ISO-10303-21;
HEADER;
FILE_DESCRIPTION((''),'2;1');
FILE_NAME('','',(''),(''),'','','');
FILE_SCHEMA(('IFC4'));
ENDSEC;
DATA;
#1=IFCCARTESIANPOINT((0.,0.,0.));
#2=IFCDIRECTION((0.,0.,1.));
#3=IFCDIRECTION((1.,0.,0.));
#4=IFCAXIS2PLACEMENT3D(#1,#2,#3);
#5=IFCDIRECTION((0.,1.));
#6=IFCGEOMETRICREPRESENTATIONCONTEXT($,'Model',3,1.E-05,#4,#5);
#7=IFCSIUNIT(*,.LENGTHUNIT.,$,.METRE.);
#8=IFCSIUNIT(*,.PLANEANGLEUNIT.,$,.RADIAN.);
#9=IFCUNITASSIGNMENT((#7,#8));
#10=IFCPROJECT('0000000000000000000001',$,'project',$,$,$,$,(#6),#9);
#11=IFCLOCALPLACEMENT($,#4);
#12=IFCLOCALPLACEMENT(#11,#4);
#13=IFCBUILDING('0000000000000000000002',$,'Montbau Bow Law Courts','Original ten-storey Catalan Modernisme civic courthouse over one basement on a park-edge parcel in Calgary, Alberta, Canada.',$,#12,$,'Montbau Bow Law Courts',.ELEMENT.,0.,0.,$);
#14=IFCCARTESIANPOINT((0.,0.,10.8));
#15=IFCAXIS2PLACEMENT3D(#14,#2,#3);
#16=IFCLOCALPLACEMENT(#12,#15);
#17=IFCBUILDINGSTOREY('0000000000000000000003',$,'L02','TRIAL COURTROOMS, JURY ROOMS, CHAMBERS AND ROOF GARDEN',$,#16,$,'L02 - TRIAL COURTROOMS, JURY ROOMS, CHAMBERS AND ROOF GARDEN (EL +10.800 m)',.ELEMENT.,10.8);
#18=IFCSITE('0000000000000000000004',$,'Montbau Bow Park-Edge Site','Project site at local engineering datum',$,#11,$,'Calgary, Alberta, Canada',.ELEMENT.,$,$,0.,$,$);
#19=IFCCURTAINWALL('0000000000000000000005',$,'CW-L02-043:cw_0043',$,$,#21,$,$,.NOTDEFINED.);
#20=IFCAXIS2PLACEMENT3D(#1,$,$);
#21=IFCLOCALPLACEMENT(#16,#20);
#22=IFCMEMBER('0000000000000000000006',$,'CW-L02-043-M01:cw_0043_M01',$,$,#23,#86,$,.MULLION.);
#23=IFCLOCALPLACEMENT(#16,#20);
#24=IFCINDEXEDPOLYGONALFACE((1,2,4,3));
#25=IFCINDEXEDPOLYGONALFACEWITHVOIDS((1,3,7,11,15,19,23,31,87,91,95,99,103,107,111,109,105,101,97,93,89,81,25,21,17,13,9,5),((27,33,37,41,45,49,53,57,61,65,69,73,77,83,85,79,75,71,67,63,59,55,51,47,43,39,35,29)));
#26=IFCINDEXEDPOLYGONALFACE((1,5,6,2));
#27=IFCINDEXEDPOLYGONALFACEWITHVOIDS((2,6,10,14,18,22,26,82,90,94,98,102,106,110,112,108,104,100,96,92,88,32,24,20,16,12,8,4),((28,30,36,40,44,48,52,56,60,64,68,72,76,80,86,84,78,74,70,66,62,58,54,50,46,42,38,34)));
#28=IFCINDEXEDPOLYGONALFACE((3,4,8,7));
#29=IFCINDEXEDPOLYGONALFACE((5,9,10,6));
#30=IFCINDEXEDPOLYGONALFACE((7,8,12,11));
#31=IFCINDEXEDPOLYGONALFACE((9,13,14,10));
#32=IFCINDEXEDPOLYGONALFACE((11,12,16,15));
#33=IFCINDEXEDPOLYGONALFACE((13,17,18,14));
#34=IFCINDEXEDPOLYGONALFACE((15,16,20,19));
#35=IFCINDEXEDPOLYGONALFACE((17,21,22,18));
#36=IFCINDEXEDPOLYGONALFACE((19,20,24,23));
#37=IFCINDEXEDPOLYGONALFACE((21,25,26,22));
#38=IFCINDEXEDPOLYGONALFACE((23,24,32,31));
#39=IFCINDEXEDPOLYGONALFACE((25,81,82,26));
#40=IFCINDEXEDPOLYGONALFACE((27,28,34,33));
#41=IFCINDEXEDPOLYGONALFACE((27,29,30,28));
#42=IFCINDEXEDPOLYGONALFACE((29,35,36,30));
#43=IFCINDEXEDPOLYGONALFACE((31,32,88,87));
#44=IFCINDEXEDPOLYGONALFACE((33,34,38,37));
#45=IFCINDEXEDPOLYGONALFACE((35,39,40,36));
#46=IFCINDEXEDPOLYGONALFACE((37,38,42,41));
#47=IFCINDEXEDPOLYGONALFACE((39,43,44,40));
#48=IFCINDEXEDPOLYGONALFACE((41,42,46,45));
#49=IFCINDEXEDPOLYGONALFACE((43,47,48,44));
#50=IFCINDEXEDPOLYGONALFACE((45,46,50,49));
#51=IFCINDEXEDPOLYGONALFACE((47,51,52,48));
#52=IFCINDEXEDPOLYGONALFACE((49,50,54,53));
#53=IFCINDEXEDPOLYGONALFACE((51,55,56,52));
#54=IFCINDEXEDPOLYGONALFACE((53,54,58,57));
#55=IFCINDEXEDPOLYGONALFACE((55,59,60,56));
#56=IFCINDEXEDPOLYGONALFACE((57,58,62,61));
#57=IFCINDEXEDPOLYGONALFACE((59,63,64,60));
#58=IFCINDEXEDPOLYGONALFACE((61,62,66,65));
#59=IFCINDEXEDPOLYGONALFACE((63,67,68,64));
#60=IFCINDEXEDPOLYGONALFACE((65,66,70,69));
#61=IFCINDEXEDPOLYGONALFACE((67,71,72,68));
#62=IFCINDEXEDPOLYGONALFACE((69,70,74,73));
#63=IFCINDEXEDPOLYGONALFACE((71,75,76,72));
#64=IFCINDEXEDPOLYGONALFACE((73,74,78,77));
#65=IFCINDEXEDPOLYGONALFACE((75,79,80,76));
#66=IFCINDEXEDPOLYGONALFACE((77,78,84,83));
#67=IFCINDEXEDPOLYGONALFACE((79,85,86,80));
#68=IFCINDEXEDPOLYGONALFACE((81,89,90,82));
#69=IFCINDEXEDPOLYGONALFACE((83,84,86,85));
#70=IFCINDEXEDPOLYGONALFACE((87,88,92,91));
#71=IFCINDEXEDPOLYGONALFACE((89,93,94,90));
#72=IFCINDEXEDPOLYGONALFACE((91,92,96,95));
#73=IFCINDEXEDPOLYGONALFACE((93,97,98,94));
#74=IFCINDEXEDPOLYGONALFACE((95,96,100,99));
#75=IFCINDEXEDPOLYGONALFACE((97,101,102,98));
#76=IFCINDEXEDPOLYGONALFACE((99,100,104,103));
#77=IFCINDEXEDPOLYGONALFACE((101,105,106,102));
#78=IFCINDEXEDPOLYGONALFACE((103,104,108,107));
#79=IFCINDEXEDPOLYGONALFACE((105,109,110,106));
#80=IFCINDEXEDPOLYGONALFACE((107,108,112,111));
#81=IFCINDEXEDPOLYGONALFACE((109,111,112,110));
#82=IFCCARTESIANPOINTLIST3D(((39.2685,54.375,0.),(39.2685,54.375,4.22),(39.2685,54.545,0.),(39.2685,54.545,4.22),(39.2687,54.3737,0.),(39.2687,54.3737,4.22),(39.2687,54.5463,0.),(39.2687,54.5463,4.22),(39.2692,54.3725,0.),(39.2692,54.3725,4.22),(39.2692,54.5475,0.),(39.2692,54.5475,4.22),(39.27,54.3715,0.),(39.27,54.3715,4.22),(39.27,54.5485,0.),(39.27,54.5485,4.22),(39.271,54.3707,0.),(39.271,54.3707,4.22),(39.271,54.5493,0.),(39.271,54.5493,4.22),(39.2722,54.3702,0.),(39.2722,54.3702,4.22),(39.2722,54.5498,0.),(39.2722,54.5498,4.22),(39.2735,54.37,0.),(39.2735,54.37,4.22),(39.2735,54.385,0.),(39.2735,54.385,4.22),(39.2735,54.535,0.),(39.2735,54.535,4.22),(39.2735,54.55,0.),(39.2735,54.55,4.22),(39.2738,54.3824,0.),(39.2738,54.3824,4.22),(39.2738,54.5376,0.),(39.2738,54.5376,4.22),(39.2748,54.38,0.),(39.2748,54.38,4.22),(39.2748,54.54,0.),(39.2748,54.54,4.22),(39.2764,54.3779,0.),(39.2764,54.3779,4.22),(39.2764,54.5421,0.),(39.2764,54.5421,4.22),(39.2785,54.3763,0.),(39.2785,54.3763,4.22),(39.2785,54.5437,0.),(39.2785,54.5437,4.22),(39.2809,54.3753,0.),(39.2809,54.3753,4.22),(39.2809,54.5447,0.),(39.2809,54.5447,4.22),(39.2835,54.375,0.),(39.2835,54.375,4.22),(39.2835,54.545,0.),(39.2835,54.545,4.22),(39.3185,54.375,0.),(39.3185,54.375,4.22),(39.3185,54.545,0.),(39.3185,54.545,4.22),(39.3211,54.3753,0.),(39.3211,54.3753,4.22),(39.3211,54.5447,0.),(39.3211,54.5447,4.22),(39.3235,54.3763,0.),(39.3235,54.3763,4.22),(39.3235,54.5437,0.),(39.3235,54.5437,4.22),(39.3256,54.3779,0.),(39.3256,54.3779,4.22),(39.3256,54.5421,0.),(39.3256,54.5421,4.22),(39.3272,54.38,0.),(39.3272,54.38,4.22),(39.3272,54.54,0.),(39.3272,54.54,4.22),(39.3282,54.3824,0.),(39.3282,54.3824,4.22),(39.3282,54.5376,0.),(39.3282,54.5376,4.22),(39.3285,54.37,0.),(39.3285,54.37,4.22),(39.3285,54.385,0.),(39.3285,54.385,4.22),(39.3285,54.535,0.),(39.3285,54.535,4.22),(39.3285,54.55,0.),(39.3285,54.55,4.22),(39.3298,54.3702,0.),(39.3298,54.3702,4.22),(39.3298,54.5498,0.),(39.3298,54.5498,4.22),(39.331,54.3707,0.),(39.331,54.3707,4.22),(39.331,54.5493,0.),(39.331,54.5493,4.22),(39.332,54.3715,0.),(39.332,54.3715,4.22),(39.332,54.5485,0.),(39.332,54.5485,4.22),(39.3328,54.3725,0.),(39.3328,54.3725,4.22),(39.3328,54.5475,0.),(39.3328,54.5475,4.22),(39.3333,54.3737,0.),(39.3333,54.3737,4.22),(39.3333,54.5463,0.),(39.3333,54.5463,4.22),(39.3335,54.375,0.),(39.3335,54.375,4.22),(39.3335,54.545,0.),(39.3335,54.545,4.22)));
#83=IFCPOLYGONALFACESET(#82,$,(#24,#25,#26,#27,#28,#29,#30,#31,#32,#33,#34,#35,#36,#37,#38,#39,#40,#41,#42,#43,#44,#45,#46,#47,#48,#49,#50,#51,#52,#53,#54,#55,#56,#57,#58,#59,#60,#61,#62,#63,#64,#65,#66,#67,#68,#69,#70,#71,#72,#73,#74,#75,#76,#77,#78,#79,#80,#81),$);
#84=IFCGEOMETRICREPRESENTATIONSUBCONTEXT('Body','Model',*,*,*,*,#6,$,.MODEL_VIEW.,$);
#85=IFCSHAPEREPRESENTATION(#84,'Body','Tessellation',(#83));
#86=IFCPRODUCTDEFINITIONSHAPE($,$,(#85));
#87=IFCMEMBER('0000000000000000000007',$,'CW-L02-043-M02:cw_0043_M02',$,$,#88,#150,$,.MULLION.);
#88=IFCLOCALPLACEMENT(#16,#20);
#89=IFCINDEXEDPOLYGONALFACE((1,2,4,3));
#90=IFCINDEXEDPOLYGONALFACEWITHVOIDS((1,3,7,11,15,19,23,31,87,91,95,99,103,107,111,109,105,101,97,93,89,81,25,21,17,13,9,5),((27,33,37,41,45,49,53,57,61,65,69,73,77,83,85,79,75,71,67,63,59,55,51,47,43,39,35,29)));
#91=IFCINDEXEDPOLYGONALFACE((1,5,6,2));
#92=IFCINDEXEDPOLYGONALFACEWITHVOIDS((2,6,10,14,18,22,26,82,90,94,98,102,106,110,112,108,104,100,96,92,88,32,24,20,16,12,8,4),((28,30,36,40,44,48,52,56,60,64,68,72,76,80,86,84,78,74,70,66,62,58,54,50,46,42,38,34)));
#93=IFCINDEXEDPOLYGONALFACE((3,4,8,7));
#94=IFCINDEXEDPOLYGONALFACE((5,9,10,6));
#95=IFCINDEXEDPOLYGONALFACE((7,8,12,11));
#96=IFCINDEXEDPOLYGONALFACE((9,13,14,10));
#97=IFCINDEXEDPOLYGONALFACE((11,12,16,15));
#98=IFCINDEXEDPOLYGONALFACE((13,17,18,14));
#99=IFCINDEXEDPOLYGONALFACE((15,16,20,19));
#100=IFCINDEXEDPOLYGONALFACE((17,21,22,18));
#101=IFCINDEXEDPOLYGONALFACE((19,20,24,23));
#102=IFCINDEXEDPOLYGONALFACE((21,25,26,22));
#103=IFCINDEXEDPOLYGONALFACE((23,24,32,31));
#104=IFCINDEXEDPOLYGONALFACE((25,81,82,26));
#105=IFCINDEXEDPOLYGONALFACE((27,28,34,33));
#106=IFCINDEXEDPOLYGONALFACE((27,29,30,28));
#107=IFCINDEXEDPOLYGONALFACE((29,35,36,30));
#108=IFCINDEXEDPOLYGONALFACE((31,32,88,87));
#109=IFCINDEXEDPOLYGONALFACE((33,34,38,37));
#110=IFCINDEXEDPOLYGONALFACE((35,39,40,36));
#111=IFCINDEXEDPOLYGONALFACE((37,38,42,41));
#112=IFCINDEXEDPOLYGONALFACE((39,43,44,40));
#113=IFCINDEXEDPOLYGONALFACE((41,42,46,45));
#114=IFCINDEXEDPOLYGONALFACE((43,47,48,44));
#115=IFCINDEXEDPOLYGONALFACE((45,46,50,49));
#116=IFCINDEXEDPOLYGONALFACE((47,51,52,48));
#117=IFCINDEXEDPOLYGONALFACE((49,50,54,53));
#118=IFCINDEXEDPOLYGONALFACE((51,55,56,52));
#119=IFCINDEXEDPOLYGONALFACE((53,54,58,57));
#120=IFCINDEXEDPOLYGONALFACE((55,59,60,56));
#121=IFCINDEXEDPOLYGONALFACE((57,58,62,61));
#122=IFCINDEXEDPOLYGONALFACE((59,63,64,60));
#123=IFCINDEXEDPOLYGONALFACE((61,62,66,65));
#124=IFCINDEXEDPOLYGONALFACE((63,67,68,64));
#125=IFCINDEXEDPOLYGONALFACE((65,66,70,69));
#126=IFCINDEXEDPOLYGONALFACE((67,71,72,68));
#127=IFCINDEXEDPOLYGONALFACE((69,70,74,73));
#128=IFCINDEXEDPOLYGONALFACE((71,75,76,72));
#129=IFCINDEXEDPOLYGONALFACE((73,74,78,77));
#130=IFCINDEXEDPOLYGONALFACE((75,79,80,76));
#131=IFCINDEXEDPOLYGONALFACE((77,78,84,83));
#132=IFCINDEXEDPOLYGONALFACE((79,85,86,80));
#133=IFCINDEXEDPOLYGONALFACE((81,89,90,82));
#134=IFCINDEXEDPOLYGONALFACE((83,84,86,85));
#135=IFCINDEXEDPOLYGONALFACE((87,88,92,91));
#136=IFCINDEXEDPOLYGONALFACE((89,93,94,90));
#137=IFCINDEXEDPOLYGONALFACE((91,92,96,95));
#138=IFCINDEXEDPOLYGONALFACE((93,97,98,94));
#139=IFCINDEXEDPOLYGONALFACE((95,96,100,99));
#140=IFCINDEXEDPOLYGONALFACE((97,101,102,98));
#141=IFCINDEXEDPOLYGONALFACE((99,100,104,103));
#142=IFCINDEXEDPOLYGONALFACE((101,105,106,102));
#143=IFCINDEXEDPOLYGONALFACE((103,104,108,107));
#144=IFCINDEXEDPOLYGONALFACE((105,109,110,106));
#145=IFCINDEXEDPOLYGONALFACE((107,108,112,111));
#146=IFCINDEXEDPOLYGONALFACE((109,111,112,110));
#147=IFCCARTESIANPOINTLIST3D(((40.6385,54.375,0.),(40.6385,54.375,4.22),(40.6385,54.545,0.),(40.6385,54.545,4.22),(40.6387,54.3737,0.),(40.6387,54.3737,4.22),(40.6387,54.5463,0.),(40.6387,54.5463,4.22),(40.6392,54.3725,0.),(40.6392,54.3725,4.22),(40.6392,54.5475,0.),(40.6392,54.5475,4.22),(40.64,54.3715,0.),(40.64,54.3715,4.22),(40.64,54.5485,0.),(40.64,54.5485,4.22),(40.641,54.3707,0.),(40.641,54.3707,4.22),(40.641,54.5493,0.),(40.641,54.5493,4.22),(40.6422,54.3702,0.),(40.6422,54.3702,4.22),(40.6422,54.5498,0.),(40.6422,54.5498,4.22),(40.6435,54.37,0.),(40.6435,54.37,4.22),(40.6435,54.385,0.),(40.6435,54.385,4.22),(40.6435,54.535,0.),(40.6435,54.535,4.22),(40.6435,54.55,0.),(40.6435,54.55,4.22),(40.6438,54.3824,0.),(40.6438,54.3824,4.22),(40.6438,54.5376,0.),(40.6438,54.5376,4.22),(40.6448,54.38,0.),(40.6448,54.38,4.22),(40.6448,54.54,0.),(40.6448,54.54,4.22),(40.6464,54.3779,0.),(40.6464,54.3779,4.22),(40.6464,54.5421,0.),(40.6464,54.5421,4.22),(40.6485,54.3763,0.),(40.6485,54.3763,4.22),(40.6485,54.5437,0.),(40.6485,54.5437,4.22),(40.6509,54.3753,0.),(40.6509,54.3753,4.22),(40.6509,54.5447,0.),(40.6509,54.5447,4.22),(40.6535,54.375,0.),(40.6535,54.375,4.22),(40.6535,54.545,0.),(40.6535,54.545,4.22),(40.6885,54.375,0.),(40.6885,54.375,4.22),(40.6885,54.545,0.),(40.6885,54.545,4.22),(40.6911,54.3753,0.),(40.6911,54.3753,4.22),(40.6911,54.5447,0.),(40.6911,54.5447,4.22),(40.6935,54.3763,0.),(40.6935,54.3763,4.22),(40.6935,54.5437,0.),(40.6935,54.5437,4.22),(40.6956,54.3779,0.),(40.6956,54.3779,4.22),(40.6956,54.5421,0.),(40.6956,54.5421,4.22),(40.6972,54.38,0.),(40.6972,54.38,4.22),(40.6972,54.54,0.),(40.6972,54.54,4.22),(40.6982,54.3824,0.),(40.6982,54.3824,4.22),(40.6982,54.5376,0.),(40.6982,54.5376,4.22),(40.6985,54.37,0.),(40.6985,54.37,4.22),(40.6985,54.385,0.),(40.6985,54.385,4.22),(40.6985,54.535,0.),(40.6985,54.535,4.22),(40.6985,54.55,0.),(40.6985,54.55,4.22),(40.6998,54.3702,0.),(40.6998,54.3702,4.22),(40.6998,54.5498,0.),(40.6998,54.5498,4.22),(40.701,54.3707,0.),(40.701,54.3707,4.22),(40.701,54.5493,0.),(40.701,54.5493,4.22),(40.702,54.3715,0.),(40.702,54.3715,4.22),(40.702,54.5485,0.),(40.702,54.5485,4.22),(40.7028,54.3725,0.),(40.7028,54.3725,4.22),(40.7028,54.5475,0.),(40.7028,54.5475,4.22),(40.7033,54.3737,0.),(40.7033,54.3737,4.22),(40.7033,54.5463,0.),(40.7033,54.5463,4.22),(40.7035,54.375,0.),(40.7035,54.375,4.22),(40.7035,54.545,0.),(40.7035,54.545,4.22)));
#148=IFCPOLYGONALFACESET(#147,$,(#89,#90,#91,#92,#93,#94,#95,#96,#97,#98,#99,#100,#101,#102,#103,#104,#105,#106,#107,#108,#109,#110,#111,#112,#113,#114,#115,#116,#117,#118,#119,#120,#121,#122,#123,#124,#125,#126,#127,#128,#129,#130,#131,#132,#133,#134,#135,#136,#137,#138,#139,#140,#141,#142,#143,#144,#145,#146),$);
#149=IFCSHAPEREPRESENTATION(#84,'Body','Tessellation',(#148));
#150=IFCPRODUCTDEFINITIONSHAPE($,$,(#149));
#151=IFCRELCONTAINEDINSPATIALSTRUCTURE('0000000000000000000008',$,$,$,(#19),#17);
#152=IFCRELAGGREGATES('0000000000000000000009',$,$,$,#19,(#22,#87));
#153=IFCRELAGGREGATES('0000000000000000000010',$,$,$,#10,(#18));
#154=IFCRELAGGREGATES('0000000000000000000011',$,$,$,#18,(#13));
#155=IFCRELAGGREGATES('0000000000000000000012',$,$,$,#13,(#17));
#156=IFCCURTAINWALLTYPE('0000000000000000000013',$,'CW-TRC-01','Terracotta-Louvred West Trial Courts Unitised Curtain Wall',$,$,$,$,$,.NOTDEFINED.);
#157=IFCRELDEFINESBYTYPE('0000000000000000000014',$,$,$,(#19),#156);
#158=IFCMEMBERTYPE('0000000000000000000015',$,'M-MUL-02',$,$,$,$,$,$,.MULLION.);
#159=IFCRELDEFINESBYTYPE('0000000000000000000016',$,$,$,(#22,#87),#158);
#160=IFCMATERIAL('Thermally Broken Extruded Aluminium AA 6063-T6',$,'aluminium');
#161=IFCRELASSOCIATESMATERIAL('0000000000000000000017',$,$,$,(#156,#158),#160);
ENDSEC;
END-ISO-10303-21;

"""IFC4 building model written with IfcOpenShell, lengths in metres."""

from ifc_helpers import new_model, si_unit, direction, frame, origin_with_axes, origin_2d_with_axis, place, context, subcontext, project, spatial, hollow_rectangle, extrude, material, material_profile, profile_set, type_object, element, aggregate, save


model = new_model("IFC4")

# Units and contexts
model_context = context("Model", 3, precision=1e-05, world=origin_with_axes(), true_north=direction((0.0, 1.0)))
body_context = subcontext(model_context, "Body", "Model", "MODEL_VIEW")
ifc_project = project(units=[si_unit("LENGTHUNIT", "METRE"), si_unit("PLANEANGLEUNIT", "RADIAN")], contexts=[model_context])

# Site, building, storey
site_placement = place(None, origin_with_axes())
site = spatial("IfcSite", under=ifc_project, at=site_placement, Name="Montbau Bow Park-Edge Site", Description="Project site at local engineering datum", LongName="Calgary, Alberta, Canada", CompositionType="ELEMENT", RefElevation=0.0)
building_placement = place(site_placement, origin_with_axes())
building = spatial("IfcBuilding", under=site, at=building_placement, Name="Montbau Bow Law Courts", Description="Original ten-storey Catalan Modernisme civic courthouse over one basement on a park-edge parcel in Calgary, Alberta, Canada.", LongName="Montbau Bow Law Courts", CompositionType="ELEMENT", ElevationOfRefHeight=0.0, ElevationOfTerrain=0.0)
storey_placement = place(building_placement, frame((0.0, 0.0, 10.8), z_axis=(0.0, 0.0, 1.0), x_axis=(1.0, 0.0, 0.0)))
storey = spatial("IfcBuildingStorey", under=building, at=storey_placement, Name="L02", Description="TRIAL COURTROOMS, JURY ROOMS, CHAMBERS AND ROOF GARDEN", LongName="L02 - TRIAL COURTROOMS, JURY ROOMS, CHAMBERS AND ROOF GARDEN (EL +10.800 m)", CompositionType="ELEMENT", Elevation=10.8)

# Curtain wall, members
ifc_material_1 = material(Name="Thermally Broken Extruded Aluminium AA 6063-T6", Category="aluminium")
curtain_wall_type = type_object("IfcCurtainWallType", Name="CW-TRC-01", Description="Terracotta-Louvred West Trial Courts Unitised Curtain Wall", PredefinedType="NOTDEFINED", material=ifc_material_1)
curtain_wall_1_placement = place(None, frame((39.268, 54.46, 10.8), z_axis=(0.0, 0.0, 1.0), x_axis=(1.0, 0.0, 0.0)))
curtain_wall_1 = element("IfcCurtainWall", 1, at=curtain_wall_1_placement, inside=storey, type_object=curtain_wall_type, Name="CW-L02-043:cw_0043", PredefinedType="NOTDEFINED")
ifc_material_profile_1 = material_profile(ifc_material_1, hollow_rectangle(XDim=0.065, YDim=0.18, WallThickness=0.005, InnerFilletRadius=0.01, OuterFilletRadius=0.005, at=origin_2d_with_axis()), Name="CWM-180X65", Category="Main", Priority=0)
ifc_profile_set_1 = profile_set([ifc_material_profile_1], Name="Thermally Broken Extruded Aluminium AA 6063-T6")
member_type_1 = type_object("IfcMemberType", Name="M-MUL-02", PredefinedType="MULLION", material=ifc_profile_set_1)
member_1_placement = place(None, frame((39.301, 54.46, 10.8), z_axis=(0.0, 0.0, 1.0), x_axis=(1.0, 0.0, 0.0)))
member_1 = element("IfcMember", 2, at=member_1_placement, type_object=member_type_1, Name="CW-L02-043-M01:cw_0043_M01", PredefinedType="MULLION", context=body_context, shape_type="SweptSolid", body=[
    extrude(hollow_rectangle(XDim=0.065, YDim=0.18, WallThickness=0.005, InnerFilletRadius=0.01, OuterFilletRadius=0.005, at=origin_2d_with_axis()), origin_with_axes(), (0.0, 0.0, 1.0), 4.22),
])
member_2_placement = place(None, frame((40.671, 54.46, 10.8), z_axis=(0.0, 0.0, 1.0), x_axis=(1.0, 0.0, 0.0)))
member_2 = element("IfcMember", 3, at=member_2_placement, type_object=member_type_1, Name="CW-L02-043-M02:cw_0043_M02", PredefinedType="MULLION", context=body_context, shape_type="SweptSolid", body=[
    extrude(hollow_rectangle(XDim=0.065, YDim=0.18, WallThickness=0.005, InnerFilletRadius=0.01, OuterFilletRadius=0.005, at=origin_2d_with_axis()), origin_with_axes(), (0.0, 0.0, 1.0), 4.22),
])

aggregate(curtain_wall_1, [member_1, member_2])

save(model, "model.ifc")
